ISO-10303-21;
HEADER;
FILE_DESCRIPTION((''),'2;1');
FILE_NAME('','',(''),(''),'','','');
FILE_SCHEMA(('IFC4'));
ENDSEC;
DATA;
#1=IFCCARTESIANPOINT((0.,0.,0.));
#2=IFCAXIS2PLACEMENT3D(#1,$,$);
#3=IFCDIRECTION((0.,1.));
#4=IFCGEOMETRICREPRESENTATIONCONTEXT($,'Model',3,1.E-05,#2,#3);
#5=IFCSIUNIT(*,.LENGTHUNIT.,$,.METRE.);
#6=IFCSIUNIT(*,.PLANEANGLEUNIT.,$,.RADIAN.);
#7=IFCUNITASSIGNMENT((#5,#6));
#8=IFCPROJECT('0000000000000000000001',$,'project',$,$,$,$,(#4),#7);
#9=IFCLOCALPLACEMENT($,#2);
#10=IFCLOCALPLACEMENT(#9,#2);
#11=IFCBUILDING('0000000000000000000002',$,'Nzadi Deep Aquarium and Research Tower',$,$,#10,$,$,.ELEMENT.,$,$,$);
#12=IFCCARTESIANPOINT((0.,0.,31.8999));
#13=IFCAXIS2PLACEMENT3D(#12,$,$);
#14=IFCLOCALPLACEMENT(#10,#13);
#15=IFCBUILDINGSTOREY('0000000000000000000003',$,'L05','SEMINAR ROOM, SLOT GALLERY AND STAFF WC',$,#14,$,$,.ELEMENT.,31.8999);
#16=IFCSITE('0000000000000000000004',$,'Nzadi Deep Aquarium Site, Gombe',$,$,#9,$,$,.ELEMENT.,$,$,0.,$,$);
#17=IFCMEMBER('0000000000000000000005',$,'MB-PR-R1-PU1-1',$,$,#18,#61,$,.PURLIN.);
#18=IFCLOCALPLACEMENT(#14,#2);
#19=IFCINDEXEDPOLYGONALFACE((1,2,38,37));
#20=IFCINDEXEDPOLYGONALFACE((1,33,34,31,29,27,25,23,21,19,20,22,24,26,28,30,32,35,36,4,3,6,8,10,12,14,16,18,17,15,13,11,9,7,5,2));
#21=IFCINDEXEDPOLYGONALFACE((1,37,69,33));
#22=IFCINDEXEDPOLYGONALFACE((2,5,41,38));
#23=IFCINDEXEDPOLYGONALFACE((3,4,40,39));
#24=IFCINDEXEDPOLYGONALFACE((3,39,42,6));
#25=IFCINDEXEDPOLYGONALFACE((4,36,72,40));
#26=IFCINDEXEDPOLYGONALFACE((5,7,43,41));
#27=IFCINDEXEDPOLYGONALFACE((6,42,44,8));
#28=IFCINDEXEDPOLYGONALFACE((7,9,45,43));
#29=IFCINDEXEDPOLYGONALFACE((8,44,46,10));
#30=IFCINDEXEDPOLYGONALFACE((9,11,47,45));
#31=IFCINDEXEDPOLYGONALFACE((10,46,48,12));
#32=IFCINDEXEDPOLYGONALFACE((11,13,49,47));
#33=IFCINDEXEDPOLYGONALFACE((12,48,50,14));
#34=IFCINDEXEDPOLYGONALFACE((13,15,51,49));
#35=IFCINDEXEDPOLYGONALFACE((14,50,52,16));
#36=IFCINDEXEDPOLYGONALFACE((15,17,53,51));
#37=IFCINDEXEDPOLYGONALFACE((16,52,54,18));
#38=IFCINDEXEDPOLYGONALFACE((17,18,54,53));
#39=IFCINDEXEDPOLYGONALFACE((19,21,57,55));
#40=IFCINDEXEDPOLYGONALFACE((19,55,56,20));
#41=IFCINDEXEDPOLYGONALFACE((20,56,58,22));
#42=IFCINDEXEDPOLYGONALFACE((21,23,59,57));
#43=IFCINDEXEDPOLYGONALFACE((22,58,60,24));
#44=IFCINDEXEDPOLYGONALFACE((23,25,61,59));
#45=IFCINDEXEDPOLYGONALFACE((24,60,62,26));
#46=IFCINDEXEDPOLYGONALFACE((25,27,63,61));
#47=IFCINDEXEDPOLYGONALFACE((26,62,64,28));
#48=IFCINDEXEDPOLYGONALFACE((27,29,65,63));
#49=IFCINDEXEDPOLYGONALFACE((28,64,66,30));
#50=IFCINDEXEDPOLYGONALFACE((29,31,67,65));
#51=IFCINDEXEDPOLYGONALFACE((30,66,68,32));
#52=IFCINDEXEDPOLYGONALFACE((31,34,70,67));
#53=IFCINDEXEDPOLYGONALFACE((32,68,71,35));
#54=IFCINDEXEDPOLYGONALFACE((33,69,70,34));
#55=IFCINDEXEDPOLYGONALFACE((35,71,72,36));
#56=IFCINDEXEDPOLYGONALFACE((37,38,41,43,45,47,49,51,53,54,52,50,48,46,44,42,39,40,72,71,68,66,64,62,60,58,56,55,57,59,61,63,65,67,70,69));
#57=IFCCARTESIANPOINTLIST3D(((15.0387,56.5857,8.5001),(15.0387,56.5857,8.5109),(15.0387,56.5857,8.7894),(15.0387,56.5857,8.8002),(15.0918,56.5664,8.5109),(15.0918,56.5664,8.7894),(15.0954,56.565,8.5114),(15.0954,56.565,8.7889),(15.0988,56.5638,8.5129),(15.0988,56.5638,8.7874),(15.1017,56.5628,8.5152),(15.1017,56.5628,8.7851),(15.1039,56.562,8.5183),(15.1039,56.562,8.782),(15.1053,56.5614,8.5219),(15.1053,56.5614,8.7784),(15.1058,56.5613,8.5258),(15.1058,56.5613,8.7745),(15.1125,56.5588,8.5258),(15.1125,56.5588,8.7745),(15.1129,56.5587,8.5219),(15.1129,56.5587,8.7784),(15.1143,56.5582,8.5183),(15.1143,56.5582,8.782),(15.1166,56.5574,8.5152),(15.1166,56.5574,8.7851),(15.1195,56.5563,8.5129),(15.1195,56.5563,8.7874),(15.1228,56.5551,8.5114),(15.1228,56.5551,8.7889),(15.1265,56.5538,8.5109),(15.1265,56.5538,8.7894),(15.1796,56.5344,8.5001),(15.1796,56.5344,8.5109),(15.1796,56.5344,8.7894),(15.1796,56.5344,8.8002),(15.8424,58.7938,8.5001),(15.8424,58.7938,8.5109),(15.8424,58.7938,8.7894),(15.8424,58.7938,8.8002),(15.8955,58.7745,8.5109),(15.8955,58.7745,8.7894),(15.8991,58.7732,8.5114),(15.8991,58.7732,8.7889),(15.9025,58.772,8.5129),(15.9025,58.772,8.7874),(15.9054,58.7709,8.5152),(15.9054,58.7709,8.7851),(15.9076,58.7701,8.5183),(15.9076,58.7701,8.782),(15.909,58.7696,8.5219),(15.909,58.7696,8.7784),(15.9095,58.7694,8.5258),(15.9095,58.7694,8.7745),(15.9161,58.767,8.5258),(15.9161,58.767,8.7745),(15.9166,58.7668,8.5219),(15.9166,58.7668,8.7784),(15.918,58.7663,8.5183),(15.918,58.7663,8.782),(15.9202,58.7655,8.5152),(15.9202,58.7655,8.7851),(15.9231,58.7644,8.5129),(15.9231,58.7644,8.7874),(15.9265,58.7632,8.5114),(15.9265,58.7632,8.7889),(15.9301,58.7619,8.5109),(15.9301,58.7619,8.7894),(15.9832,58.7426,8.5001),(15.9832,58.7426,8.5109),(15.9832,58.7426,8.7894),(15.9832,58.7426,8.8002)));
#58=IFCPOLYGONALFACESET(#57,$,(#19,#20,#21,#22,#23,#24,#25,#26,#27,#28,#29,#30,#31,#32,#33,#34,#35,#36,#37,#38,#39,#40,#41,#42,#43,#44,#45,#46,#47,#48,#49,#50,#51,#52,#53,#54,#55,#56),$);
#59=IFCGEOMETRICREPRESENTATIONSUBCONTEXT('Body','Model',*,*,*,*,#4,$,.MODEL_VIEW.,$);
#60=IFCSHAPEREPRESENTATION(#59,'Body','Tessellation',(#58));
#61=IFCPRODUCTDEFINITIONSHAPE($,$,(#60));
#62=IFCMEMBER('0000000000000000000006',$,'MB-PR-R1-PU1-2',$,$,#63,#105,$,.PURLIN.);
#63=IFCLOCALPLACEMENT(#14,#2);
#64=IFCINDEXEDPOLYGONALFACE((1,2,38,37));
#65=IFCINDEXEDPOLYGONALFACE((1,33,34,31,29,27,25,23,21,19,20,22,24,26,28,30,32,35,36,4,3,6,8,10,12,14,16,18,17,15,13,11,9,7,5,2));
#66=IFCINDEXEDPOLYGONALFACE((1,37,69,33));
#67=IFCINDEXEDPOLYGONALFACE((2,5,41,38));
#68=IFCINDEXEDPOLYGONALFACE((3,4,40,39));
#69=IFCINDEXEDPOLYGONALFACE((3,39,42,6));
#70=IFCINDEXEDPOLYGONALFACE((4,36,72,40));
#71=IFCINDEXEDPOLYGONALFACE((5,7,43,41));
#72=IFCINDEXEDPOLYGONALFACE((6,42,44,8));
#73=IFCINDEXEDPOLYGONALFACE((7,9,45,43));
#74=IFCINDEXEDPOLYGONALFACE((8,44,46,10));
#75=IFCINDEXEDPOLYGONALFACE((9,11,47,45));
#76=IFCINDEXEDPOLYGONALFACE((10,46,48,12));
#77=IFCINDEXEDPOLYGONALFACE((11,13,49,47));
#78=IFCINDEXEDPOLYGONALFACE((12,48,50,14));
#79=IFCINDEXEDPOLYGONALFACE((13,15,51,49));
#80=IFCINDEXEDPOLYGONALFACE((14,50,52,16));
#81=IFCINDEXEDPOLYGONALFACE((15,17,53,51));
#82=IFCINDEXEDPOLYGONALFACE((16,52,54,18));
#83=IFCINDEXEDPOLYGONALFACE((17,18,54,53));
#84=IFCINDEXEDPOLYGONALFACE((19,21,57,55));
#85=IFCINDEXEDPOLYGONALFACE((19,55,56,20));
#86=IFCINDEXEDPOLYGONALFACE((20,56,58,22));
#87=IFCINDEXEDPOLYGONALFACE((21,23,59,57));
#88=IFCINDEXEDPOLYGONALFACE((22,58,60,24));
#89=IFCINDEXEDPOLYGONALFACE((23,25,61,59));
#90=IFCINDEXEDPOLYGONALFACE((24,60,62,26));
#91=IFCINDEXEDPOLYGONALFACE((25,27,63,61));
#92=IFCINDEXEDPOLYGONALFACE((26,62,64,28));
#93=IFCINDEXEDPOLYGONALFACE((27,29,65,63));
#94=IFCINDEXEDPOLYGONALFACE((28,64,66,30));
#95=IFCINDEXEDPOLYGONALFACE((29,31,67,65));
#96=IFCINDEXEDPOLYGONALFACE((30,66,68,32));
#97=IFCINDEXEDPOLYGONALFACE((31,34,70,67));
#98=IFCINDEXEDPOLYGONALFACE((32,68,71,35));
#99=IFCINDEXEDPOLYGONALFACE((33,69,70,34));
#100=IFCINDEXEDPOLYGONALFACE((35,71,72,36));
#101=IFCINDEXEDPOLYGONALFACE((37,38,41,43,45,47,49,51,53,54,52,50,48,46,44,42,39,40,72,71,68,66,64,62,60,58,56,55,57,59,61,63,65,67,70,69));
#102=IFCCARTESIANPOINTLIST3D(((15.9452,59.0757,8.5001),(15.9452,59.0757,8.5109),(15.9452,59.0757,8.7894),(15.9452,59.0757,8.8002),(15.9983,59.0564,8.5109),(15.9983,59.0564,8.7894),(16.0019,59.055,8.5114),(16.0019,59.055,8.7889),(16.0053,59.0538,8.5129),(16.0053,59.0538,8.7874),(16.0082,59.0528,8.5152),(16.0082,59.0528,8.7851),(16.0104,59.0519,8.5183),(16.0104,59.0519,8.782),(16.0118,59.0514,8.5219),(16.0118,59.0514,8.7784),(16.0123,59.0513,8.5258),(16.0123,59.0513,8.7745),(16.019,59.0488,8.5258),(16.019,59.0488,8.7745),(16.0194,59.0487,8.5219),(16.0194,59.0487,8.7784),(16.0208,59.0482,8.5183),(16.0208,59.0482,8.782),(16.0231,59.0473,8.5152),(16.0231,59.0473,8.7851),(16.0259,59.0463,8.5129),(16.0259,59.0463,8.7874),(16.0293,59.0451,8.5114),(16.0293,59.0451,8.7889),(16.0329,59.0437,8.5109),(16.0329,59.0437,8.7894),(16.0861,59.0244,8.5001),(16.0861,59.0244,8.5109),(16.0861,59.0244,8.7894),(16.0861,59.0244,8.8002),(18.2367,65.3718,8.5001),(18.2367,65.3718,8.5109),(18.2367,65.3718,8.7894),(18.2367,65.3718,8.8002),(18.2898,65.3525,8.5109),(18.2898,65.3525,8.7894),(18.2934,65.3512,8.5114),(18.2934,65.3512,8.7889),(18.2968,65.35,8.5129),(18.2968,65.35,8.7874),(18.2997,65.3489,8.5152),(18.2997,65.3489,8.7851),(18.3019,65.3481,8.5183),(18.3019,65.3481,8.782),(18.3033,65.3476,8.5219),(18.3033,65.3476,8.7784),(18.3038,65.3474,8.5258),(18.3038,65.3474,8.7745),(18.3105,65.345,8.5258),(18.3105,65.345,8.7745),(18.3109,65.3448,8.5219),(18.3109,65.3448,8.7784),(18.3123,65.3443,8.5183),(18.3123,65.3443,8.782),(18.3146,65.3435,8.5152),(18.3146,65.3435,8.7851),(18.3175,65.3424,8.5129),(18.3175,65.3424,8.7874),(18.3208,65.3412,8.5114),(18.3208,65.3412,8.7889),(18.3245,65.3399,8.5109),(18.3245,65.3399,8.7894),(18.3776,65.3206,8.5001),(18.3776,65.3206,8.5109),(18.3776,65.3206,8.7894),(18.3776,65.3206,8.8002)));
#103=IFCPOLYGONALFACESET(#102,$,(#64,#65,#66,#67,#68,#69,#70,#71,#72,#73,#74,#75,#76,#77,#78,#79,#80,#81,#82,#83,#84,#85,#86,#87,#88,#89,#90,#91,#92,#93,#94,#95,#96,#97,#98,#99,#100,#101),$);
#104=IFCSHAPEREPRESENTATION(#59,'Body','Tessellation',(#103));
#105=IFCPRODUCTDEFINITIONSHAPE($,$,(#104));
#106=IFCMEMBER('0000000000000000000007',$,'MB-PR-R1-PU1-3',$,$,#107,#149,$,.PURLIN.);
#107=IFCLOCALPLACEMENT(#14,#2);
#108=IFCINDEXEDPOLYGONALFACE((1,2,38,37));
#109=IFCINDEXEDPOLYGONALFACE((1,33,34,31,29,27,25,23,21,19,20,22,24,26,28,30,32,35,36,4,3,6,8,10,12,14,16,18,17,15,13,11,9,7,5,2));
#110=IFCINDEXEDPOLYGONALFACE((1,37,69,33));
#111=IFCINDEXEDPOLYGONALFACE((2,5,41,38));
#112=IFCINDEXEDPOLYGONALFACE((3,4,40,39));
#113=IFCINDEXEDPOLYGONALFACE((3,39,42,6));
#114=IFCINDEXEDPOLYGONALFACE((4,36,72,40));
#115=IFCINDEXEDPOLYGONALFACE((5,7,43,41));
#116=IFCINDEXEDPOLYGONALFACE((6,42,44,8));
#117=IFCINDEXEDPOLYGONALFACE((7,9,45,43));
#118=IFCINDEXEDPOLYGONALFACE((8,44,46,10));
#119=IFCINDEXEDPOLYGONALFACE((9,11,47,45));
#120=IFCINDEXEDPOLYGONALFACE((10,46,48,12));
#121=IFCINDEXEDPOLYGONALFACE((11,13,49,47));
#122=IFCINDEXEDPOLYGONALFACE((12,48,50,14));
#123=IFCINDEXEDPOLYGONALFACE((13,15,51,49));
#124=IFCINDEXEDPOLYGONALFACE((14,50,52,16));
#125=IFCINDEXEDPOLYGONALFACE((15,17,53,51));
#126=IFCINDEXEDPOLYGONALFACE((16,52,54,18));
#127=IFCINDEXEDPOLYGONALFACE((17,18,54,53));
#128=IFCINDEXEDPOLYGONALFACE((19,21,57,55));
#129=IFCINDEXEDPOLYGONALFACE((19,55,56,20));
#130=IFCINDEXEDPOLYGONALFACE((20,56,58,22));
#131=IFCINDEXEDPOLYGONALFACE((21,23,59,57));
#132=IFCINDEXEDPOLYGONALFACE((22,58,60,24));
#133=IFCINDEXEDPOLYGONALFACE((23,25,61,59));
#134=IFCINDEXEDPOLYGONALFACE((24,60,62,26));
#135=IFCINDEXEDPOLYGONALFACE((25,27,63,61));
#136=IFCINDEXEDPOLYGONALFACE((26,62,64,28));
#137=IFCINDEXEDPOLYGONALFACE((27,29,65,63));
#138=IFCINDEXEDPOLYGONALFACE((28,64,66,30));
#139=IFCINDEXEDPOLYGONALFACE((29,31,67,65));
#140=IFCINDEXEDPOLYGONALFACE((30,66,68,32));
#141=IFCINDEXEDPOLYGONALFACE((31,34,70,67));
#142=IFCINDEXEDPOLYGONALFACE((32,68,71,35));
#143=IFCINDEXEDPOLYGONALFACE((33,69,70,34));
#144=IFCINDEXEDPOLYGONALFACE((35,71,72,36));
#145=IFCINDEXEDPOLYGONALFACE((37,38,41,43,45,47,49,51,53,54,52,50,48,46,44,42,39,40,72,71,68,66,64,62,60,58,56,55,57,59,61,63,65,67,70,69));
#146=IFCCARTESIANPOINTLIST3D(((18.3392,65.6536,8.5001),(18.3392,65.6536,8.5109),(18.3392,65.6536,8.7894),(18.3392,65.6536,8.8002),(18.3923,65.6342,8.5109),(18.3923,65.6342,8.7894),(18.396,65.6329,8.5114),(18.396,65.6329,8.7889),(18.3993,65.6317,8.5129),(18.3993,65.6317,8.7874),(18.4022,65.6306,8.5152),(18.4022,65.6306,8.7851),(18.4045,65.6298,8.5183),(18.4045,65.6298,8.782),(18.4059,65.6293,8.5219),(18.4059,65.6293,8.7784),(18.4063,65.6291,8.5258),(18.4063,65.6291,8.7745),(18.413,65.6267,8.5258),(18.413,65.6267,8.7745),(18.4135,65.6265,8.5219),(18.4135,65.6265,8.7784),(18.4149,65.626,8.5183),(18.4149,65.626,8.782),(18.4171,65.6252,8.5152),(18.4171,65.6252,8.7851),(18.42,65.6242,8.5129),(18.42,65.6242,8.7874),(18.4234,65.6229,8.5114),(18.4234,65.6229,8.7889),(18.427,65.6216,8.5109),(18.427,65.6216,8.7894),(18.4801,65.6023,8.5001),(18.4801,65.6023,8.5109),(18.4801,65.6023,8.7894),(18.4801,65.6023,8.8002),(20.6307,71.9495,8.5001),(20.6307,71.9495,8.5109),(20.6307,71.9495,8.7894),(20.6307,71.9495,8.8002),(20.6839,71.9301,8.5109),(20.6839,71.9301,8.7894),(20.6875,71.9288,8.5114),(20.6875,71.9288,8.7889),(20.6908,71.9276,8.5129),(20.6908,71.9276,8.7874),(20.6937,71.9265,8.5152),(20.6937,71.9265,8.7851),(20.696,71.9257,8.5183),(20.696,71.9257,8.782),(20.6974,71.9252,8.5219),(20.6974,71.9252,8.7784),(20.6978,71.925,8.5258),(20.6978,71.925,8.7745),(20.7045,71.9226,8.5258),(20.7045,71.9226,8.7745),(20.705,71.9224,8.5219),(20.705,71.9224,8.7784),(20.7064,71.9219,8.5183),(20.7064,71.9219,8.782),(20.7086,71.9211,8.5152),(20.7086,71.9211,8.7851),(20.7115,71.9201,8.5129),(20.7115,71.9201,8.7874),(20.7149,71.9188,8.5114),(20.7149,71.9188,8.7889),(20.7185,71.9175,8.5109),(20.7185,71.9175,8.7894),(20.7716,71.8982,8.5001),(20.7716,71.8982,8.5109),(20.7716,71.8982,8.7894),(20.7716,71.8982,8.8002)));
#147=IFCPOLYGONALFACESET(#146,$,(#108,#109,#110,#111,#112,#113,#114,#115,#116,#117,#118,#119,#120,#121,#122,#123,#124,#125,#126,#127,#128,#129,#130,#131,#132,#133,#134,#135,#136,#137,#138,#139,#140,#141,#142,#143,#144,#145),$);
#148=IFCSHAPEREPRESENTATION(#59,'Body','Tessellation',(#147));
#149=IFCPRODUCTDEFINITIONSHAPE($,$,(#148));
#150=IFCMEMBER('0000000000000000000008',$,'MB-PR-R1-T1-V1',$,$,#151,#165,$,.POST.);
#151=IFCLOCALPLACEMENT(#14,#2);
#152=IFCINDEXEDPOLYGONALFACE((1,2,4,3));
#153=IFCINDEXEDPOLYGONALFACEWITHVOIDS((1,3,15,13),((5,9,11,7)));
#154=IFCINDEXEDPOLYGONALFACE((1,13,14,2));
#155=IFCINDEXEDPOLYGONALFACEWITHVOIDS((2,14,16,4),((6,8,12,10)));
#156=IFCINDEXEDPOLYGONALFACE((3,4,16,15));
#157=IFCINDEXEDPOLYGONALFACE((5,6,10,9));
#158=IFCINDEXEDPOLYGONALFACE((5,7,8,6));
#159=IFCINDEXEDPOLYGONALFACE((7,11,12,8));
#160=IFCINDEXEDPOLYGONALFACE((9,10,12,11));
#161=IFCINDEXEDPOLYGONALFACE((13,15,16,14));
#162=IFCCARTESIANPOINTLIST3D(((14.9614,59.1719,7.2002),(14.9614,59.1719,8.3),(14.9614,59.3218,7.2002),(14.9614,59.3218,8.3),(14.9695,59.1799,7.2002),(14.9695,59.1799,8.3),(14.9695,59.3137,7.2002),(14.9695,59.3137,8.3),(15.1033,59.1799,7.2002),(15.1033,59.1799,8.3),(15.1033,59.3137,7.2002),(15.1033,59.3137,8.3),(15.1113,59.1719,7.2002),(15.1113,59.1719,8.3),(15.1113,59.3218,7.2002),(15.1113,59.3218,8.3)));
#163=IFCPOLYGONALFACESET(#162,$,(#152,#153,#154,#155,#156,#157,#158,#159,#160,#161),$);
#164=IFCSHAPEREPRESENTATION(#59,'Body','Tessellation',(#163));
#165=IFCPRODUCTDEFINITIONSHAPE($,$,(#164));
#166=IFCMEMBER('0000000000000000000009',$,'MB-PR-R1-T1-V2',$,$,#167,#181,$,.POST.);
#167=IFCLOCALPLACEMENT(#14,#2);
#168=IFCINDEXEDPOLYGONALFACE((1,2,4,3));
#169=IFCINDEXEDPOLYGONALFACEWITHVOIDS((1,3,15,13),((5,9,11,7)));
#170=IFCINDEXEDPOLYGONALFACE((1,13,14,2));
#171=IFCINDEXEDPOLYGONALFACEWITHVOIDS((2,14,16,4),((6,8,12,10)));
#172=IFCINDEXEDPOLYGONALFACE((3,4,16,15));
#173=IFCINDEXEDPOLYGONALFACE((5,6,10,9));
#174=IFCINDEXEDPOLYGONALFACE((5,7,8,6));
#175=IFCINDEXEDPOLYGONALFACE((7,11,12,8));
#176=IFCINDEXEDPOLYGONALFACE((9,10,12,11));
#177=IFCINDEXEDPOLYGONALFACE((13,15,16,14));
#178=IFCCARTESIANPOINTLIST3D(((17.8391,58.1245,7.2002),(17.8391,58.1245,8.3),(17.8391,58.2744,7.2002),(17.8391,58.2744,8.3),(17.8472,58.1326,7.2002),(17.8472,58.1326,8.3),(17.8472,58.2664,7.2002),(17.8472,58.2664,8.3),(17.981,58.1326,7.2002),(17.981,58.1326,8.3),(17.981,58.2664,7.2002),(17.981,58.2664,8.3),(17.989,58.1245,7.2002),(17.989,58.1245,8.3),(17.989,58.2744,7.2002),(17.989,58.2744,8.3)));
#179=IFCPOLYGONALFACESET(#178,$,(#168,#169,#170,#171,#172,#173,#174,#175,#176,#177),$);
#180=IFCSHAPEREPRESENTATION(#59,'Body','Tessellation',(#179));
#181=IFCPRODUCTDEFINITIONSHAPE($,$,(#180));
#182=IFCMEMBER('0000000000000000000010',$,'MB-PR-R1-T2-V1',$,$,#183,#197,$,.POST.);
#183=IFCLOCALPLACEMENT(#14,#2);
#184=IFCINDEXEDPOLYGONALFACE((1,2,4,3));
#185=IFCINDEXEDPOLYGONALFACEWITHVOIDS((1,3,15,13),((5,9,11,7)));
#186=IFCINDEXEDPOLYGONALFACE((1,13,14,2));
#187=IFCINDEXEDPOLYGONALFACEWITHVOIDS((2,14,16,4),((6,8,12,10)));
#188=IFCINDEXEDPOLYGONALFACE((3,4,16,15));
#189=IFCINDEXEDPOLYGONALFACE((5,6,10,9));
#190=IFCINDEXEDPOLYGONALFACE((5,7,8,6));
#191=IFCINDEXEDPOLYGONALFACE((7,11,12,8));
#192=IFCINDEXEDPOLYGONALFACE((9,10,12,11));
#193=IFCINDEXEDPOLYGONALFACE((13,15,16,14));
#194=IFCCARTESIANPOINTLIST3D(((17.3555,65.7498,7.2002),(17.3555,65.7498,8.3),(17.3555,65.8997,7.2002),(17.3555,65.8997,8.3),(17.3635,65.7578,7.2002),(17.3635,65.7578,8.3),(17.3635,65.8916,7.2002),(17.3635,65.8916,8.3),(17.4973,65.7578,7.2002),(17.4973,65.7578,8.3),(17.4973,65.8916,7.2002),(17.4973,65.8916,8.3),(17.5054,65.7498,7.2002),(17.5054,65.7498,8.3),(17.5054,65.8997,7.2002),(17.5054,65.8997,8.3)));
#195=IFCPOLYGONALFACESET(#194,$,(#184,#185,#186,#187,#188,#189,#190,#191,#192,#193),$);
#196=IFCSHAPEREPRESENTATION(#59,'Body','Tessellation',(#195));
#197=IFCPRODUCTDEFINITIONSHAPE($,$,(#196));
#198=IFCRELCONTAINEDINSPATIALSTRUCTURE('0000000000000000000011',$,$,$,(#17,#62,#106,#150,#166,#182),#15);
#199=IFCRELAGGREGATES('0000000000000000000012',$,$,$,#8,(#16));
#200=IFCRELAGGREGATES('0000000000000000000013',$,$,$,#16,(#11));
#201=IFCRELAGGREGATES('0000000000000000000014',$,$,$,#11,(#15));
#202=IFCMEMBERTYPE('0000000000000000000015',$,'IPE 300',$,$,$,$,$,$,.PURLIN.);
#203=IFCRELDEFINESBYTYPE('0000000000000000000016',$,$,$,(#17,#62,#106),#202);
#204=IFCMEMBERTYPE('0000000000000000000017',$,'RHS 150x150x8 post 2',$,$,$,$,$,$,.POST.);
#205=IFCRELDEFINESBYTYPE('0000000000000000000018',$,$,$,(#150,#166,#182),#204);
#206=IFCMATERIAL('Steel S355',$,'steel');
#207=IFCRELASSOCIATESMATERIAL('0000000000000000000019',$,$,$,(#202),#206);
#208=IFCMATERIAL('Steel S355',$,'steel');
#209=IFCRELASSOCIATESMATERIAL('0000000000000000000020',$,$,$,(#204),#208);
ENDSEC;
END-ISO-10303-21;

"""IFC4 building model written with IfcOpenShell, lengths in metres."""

from ifc_helpers import new_model, si_unit, direction, frame, origin, origin_2d, place, context, subcontext, project, spatial, hollow_rectangle, i_section, extrude, material, material_profile, profile_set, type_object, element, save


model = new_model("IFC4")

# Units and contexts
model_context = context("Model", 3, precision=1e-05, world=origin(), true_north=direction((0.0, 1.0)))
body_context = subcontext(model_context, "Body", "Model", "MODEL_VIEW")
ifc_project = project(units=[si_unit("LENGTHUNIT", "METRE"), si_unit("PLANEANGLEUNIT", "RADIAN")], contexts=[model_context])

# Site, building, storey
site_placement = place(None, origin())
site = spatial("IfcSite", under=ifc_project, at=site_placement, Name="Nzadi Deep Aquarium Site, Gombe", CompositionType="ELEMENT", RefElevation=0.0)
building_placement = place(site_placement, origin())
building = spatial("IfcBuilding", under=site, at=building_placement, Name="Nzadi Deep Aquarium and Research Tower", CompositionType="ELEMENT")
storey_placement = place(building_placement, frame((0.0, 0.0, 31.8999)))
storey = spatial("IfcBuildingStorey", under=building, at=storey_placement, Name="L05", Description="SEMINAR ROOM, SLOT GALLERY AND STAFF WC", CompositionType="ELEMENT", Elevation=31.8999)

# Members
ifc_material_1 = material(Name="Steel S355", Category="steel")
ifc_material_profile_1 = material_profile(ifc_material_1, i_section(OverallWidth=0.1499, OverallDepth=0.3, WebThickness=0.0071, FlangeThickness=0.0107, FilletRadius=0.0149, at=origin_2d()))
ifc_profile_set_1 = profile_set([ifc_material_profile_1], Name="Steel S355")
member_type_1 = type_object("IfcMemberType", Name="IPE 300", PredefinedType="PURLIN", material=ifc_profile_set_1)
member_1_placement = place(storey_placement, frame((15.1091, 56.5601, 8.6501), z_axis=(0.34201, 0.939696, 0.0), x_axis=(-0.939696, 0.34201, 0.0)))
element("IfcMember", 1, at=member_1_placement, inside=storey, type_object=member_type_1, Name="MB-PR-R1-PU1-1", PredefinedType="PURLIN", context=body_context, shape_type="SweptSolid", body=[
    extrude(i_section(OverallWidth=0.1499, OverallDepth=0.3, WebThickness=0.0071, FlangeThickness=0.0107, FilletRadius=0.0149, at=origin_2d()), origin(), (0.0, 0.0, 1.0), 2.3499),
])
member_2_placement = place(storey_placement, frame((16.0156, 59.05, 8.6501), z_axis=(0.342006, 0.939698, 0.0), x_axis=(-0.939698, 0.342006, 0.0)))
element("IfcMember", 2, at=member_2_placement, inside=storey, type_object=member_type_1, Name="MB-PR-R1-PU1-2", PredefinedType="PURLIN", context=body_context, shape_type="SweptSolid", body=[
    extrude(i_section(OverallWidth=0.1499, OverallDepth=0.3, WebThickness=0.0071, FlangeThickness=0.0107, FilletRadius=0.0149, at=origin_2d()), origin(), (0.0, 0.0, 1.0), 6.7002),
])
member_3_placement = place(storey_placement, frame((18.4097, 65.6279, 8.6501), z_axis=(0.342018, 0.939693, 0.0), x_axis=(-0.939693, 0.342018, 0.0)))
element("IfcMember", 3, at=member_3_placement, inside=storey, type_object=member_type_1, Name="MB-PR-R1-PU1-3", PredefinedType="PURLIN", context=body_context, shape_type="SweptSolid", body=[
    extrude(i_section(OverallWidth=0.1499, OverallDepth=0.3, WebThickness=0.0071, FlangeThickness=0.0107, FilletRadius=0.0149, at=origin_2d()), origin(), (0.0, 0.0, 1.0), 6.7),
])
ifc_material_2 = material(Name="Steel S355", Category="steel")
ifc_material_profile_2 = material_profile(ifc_material_2, hollow_rectangle(XDim=0.1499, YDim=0.1499, WallThickness=0.0081, at=origin_2d()))
ifc_profile_set_2 = profile_set([ifc_material_profile_2], Name="Steel S355")
member_type_2 = type_object("IfcMemberType", Name="RHS 150x150x8 post 2", PredefinedType="POST", material=ifc_profile_set_2)
for number, where, z_axis, x_axis, name in (
    (4, (15.0364, 59.2468, 7.2002), (0.0, 0.0, 1.0), (1.0, 0.0, 0.0), "MB-PR-R1-T1-V1"),
    (5, (17.9141, 58.1995, 7.2002), (0.0, 0.0, 1.0), (1.0, 0.0, 0.0), "MB-PR-R1-T1-V2"),
    (6, (17.4304, 65.8247, 7.2002), (0.0, 0.0, 1.0), (1.0, 0.0, 0.0), "MB-PR-R1-T2-V1"),
):
    element("IfcMember", number, at=place(storey_placement, frame(where, z_axis=z_axis, x_axis=x_axis)), inside=storey, type_object=member_type_2, Name=name, PredefinedType="POST", context=body_context, shape_type="SweptSolid", body=[
        extrude(hollow_rectangle(XDim=0.1499, YDim=0.1499, WallThickness=0.0081, at=origin_2d()), origin(), (0.0, 0.0, 1.0), 1.0999),
    ])

save(model, "model.ifc")
